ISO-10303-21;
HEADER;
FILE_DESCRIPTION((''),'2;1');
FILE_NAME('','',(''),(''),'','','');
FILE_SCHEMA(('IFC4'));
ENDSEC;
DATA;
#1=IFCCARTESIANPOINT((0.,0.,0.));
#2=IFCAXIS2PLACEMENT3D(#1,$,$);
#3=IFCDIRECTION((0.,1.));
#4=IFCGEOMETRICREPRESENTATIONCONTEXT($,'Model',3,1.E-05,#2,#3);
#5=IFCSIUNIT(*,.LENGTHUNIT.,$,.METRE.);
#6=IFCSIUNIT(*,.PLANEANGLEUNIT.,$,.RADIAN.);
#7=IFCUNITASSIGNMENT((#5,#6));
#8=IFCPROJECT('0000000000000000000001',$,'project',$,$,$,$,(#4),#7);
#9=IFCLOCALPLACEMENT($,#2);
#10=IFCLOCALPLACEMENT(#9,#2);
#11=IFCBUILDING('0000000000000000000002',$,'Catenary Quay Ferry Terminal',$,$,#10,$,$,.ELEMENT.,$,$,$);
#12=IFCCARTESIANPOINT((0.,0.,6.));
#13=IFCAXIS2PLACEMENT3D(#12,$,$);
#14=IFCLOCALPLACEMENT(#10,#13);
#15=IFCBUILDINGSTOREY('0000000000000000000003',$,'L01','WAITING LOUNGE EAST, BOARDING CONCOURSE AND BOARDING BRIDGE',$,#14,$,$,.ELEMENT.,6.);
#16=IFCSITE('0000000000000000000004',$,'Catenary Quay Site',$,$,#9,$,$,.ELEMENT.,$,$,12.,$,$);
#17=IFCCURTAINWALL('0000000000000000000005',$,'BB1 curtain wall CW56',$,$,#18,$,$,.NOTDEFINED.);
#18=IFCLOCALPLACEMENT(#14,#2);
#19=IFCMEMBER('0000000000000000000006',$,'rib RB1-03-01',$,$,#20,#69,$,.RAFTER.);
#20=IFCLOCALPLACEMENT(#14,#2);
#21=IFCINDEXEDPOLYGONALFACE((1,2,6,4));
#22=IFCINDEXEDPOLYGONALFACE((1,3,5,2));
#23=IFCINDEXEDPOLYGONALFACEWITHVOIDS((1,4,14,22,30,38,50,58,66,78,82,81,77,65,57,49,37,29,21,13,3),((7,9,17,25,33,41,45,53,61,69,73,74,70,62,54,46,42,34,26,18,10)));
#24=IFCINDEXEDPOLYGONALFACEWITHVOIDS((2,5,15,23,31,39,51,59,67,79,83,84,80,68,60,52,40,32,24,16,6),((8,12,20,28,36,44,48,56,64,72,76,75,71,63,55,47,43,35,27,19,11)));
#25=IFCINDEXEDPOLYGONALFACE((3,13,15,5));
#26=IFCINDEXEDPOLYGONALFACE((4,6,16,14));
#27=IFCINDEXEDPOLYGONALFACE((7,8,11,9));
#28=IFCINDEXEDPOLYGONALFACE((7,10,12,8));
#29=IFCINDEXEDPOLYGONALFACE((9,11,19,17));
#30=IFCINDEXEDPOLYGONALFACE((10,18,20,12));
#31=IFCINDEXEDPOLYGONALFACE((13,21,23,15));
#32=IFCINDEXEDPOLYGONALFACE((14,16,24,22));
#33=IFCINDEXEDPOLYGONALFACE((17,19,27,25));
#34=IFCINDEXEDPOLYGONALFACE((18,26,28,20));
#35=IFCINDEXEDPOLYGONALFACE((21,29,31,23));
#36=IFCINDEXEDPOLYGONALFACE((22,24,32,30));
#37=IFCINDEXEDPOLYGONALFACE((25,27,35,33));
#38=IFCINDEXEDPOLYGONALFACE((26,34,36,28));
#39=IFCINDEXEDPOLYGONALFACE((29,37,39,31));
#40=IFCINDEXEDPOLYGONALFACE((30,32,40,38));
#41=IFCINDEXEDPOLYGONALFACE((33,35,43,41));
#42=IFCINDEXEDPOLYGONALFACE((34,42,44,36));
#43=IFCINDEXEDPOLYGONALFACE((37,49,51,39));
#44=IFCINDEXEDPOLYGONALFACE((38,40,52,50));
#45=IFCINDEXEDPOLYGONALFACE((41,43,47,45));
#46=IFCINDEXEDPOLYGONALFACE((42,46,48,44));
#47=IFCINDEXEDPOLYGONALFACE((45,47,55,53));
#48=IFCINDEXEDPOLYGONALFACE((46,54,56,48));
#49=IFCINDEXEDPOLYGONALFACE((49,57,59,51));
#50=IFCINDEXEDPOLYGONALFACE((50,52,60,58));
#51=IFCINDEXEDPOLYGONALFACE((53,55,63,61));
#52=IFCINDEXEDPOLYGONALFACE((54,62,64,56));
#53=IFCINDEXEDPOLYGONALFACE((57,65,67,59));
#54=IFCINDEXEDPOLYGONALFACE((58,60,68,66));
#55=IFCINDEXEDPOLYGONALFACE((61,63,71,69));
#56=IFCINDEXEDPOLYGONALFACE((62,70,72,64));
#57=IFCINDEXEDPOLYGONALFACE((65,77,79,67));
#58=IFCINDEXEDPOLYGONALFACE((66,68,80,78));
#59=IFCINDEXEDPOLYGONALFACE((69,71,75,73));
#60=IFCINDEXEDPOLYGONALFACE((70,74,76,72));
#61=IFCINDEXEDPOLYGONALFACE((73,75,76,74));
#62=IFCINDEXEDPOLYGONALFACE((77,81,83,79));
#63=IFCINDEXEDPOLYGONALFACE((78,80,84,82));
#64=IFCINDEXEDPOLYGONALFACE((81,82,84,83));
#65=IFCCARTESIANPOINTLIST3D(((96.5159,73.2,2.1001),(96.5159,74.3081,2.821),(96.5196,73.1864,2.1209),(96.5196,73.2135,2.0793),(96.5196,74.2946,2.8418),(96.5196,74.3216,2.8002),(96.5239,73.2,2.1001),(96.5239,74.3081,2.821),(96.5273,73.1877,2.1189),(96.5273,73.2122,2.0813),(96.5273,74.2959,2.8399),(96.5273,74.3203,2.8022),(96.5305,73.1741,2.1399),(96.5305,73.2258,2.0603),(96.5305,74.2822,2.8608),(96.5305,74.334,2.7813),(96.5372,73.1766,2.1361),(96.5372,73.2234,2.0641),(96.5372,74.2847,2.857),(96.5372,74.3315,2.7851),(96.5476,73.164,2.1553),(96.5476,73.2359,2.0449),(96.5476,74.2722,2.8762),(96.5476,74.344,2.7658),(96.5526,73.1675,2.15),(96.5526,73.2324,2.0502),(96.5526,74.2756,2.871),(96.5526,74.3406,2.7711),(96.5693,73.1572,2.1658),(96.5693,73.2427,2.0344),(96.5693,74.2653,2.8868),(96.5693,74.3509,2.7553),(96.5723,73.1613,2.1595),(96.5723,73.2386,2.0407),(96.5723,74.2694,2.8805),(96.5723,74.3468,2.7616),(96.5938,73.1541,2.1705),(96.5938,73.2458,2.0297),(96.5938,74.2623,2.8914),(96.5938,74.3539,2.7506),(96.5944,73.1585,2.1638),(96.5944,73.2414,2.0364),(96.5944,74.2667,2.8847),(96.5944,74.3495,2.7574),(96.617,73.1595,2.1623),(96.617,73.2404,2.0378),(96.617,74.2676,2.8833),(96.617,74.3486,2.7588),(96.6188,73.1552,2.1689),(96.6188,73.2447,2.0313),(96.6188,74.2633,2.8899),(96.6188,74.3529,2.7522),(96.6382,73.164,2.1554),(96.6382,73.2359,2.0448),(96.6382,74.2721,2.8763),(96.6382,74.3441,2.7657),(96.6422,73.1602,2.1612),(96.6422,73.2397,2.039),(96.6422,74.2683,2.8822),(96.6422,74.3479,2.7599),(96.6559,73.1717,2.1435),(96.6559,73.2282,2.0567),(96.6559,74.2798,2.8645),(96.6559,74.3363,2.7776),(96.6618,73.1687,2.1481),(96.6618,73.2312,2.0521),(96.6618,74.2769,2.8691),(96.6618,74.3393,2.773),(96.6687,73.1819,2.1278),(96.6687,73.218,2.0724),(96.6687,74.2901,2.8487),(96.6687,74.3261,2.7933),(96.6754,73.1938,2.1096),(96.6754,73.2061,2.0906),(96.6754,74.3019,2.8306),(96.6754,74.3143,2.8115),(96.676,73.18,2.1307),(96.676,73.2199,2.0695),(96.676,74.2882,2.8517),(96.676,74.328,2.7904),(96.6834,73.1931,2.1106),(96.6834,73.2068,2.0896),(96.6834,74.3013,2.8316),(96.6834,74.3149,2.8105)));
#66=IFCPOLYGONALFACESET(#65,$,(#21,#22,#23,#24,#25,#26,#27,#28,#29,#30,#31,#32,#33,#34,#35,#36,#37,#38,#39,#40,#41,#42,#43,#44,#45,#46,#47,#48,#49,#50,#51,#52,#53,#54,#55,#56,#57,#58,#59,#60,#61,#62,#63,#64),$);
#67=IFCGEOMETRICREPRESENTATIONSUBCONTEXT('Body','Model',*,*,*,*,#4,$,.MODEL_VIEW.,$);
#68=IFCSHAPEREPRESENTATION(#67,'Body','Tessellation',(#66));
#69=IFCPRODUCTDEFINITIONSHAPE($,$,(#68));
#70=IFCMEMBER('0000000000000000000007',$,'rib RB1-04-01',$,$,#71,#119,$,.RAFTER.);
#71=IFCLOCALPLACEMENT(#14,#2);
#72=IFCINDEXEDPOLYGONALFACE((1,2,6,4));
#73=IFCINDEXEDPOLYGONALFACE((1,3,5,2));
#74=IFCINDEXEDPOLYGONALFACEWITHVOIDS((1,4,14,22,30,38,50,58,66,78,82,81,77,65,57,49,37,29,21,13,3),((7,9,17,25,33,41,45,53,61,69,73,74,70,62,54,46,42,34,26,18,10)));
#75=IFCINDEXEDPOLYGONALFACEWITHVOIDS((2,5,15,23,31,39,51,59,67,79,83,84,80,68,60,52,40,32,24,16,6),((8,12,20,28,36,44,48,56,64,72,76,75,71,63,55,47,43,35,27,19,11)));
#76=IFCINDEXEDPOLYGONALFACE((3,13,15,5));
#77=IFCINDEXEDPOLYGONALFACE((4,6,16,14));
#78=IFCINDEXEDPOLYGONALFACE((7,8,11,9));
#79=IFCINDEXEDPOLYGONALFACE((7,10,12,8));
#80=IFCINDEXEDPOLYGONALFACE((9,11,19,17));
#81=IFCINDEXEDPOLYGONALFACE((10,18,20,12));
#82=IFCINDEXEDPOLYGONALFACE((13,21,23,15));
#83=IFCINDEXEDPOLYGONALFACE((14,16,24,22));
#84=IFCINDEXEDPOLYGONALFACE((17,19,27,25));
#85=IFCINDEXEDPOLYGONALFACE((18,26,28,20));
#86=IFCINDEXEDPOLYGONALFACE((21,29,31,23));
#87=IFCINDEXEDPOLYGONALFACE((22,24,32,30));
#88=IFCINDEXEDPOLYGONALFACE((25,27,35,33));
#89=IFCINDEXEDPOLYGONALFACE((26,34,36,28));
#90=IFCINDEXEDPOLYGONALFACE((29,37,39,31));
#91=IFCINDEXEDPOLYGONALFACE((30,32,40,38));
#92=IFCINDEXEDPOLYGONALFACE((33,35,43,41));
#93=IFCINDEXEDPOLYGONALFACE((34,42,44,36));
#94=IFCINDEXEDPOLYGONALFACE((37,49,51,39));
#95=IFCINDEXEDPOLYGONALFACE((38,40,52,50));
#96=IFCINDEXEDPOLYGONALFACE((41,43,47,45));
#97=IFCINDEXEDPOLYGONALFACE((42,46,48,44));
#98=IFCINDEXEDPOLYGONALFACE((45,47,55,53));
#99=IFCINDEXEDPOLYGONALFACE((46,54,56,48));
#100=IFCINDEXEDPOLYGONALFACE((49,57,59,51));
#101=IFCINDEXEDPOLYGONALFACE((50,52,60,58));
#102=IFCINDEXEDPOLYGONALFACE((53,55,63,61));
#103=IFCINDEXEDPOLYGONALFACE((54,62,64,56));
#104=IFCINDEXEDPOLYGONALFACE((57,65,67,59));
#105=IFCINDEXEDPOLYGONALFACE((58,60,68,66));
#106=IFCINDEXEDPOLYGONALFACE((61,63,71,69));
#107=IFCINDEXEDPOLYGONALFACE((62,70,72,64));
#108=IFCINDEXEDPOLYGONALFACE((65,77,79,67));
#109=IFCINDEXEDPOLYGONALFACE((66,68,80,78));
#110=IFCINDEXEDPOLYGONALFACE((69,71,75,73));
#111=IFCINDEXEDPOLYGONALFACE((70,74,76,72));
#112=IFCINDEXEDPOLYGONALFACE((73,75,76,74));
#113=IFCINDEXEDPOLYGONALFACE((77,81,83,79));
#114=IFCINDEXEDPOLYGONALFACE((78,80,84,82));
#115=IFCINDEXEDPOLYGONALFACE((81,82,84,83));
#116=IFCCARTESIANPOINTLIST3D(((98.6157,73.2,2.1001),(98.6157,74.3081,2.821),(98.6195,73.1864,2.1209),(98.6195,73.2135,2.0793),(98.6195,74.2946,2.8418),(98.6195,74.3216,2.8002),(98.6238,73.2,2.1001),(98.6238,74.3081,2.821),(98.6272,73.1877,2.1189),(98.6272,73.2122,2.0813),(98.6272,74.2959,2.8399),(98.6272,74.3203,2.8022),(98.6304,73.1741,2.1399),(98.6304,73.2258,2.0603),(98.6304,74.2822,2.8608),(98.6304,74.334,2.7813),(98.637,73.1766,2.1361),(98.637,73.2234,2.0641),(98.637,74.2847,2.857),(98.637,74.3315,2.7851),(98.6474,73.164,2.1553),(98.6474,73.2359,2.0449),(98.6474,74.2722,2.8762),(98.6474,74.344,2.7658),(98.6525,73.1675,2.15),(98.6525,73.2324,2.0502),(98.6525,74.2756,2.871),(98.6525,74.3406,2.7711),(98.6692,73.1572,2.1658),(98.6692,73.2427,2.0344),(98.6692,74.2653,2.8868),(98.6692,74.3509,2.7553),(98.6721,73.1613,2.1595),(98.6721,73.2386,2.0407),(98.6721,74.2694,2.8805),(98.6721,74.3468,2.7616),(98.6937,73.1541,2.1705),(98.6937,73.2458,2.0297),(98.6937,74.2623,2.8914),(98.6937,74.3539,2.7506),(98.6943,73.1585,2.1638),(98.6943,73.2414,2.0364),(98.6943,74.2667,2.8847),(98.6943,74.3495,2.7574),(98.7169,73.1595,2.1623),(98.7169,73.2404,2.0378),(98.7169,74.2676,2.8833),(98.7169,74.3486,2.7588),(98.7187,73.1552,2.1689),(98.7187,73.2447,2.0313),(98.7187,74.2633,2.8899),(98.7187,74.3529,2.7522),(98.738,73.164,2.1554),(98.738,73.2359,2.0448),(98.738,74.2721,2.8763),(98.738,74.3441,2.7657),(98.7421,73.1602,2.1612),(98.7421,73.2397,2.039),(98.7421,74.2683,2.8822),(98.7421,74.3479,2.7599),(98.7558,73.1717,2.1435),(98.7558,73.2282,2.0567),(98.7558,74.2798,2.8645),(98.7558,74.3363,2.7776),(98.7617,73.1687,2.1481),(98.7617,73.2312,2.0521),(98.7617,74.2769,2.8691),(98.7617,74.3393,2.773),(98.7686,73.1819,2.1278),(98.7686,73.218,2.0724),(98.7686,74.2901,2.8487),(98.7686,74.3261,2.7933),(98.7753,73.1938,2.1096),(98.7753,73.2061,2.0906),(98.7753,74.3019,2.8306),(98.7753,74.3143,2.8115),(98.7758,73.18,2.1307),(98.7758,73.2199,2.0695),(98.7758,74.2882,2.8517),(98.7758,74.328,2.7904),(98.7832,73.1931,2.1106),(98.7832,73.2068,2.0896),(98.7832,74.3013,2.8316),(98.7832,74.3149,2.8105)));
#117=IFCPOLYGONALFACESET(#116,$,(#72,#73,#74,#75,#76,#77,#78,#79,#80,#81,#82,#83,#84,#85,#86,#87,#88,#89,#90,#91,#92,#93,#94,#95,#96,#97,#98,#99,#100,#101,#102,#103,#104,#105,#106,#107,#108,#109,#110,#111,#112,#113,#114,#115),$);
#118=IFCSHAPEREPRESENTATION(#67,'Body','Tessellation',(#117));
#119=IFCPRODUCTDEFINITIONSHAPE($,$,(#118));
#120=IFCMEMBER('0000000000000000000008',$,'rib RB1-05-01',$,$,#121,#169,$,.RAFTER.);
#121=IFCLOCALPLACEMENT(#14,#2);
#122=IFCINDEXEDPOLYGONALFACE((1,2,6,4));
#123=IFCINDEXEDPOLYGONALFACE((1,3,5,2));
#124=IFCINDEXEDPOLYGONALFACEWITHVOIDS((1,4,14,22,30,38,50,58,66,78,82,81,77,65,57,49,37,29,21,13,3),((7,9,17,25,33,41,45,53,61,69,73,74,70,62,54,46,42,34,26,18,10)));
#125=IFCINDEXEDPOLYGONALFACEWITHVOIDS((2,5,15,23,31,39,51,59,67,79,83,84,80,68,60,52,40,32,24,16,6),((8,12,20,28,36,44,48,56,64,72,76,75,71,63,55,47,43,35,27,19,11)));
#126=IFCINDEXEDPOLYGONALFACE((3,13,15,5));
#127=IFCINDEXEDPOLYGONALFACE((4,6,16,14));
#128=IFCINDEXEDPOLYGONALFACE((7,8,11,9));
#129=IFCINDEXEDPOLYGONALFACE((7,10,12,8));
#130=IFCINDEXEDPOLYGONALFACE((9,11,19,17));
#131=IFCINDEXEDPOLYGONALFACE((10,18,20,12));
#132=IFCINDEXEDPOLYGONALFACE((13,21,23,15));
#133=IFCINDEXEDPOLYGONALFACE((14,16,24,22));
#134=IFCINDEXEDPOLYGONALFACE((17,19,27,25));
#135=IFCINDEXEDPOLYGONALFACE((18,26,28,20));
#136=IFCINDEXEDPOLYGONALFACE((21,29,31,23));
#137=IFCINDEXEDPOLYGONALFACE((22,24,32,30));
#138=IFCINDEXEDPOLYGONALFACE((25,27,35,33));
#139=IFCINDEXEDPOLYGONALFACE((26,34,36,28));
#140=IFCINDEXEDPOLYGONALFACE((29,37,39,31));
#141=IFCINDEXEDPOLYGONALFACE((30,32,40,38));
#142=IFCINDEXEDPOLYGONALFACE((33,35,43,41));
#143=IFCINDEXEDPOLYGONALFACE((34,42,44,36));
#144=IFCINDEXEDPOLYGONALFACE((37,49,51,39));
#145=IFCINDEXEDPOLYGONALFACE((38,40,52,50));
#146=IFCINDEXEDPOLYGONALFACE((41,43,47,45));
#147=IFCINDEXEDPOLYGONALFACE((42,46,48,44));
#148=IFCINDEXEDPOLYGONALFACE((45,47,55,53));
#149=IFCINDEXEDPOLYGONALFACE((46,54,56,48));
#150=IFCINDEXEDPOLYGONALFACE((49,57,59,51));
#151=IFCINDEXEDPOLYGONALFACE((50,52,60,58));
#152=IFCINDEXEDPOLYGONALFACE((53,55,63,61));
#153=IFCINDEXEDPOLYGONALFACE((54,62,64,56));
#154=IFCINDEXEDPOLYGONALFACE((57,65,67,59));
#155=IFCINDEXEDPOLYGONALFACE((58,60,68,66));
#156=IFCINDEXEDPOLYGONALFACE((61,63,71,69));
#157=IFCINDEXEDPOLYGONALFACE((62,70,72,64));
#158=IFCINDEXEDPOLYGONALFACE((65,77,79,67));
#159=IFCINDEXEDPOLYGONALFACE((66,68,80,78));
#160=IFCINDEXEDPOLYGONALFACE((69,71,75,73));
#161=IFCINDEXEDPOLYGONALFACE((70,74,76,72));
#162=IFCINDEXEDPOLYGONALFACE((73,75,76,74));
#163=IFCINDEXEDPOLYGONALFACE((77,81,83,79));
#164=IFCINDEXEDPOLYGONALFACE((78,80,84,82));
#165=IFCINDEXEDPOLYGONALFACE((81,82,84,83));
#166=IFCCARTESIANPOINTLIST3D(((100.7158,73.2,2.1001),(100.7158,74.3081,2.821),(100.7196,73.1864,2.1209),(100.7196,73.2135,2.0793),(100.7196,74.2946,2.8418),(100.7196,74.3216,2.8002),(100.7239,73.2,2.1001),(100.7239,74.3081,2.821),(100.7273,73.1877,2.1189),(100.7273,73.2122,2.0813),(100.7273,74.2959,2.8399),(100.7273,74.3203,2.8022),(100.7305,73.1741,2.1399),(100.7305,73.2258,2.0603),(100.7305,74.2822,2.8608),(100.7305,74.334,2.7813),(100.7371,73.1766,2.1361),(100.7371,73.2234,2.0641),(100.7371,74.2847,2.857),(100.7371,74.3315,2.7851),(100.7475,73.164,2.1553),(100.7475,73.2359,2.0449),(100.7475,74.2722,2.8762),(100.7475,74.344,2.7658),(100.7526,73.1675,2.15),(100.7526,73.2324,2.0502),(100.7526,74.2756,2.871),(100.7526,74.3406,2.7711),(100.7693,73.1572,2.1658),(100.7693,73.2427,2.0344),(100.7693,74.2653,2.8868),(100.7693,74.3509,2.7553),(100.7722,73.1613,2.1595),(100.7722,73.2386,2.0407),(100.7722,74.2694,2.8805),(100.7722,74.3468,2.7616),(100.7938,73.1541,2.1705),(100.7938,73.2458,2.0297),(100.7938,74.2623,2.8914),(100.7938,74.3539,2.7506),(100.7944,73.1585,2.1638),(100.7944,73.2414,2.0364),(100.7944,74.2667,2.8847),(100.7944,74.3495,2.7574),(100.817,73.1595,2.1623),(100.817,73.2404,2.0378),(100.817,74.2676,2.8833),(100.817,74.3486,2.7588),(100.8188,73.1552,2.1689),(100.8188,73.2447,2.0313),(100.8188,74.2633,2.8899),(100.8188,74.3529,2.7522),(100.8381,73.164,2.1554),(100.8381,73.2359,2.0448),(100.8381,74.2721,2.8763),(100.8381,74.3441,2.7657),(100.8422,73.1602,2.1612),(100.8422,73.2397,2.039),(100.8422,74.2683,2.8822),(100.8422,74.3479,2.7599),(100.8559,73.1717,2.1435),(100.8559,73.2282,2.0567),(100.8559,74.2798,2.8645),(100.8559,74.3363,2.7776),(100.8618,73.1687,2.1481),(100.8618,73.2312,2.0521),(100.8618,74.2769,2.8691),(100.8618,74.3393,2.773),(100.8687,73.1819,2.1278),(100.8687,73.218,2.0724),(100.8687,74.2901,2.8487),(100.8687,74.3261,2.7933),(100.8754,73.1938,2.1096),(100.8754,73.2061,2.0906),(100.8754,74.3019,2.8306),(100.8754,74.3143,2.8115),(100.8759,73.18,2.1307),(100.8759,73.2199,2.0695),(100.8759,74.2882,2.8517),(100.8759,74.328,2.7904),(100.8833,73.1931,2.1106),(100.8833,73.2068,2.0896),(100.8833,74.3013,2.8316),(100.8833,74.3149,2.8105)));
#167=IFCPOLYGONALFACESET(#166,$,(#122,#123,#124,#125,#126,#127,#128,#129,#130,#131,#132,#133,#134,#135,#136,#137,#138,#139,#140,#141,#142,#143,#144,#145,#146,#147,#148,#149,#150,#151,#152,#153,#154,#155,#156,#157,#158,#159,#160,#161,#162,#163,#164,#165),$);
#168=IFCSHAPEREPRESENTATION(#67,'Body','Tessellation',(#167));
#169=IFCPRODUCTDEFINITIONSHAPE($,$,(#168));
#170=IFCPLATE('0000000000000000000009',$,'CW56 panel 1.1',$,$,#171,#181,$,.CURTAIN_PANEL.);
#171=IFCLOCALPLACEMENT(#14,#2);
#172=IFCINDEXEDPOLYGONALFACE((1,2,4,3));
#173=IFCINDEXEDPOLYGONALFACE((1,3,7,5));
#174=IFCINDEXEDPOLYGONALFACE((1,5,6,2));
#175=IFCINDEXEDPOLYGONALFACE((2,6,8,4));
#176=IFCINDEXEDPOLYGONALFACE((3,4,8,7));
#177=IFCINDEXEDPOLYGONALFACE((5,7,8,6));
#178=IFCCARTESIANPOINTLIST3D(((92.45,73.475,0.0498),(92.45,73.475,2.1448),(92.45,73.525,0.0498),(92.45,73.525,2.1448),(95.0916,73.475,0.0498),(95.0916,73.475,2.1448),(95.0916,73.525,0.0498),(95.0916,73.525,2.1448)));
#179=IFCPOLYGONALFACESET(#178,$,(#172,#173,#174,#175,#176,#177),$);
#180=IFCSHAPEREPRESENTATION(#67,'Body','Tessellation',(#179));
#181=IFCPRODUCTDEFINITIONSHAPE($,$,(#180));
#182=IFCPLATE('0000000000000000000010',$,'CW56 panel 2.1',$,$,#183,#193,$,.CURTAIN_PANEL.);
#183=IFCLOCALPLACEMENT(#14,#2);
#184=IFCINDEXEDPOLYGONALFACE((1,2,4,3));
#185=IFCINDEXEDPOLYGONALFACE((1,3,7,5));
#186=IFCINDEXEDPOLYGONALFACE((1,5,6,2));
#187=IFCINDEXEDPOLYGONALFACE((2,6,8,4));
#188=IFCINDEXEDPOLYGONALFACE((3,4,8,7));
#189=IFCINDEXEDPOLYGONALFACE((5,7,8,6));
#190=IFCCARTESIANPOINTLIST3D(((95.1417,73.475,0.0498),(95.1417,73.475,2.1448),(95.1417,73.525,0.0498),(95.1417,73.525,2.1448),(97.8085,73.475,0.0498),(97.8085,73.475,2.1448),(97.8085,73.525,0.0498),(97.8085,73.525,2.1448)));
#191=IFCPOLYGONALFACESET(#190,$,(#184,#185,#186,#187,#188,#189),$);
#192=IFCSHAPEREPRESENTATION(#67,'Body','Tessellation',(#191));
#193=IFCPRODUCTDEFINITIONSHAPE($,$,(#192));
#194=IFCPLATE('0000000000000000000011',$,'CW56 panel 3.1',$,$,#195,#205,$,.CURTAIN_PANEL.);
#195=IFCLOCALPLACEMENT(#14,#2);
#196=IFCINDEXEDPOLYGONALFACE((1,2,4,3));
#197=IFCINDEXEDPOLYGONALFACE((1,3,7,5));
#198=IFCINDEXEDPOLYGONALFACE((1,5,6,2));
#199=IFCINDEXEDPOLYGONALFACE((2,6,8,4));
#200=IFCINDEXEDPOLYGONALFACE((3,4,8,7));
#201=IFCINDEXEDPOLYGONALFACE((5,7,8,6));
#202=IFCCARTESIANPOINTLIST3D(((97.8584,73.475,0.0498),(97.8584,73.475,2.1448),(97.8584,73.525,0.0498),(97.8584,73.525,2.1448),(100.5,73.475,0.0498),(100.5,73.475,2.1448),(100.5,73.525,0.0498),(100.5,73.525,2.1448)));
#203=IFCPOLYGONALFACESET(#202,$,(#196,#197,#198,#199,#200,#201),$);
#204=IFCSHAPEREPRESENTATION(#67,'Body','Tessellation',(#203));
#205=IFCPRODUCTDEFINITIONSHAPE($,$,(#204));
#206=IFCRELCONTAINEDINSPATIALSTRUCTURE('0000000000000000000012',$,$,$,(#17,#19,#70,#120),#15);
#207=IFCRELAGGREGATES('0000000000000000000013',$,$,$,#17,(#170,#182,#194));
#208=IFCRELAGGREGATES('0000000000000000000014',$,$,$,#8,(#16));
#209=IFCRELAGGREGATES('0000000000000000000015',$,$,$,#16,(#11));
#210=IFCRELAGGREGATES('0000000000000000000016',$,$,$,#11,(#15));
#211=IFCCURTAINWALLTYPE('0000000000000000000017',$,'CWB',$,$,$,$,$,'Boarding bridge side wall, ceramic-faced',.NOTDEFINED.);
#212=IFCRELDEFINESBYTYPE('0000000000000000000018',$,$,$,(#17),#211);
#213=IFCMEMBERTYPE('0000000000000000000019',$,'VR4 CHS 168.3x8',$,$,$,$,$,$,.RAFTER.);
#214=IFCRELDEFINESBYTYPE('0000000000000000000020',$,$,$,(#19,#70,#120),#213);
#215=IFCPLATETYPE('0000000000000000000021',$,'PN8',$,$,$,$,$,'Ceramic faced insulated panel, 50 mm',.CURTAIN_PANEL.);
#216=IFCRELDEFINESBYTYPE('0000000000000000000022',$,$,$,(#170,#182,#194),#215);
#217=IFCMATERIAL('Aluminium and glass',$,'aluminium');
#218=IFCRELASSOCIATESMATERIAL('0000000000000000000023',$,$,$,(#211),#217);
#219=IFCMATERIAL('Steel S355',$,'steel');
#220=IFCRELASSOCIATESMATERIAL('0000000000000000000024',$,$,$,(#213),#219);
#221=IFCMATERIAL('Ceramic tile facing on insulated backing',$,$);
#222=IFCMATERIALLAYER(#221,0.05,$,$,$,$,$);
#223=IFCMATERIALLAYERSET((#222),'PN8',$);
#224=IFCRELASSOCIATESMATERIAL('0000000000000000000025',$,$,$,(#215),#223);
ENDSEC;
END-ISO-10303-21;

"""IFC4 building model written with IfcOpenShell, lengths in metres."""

from ifc_helpers import new_model, si_unit, direction, frame, origin, origin_2d, place, context, subcontext, project, spatial, rectangle, hollow_circle, extrude, material, layer, layer_set, material_profile, profile_set, type_object, element, aggregate, save


model = new_model("IFC4")

# Units and contexts
model_context = context("Model", 3, precision=1e-05, world=origin(), true_north=direction((0.0, 1.0)))
body_context = subcontext(model_context, "Body", "Model", "MODEL_VIEW")
ifc_project = project(units=[si_unit("LENGTHUNIT", "METRE"), si_unit("PLANEANGLEUNIT", "RADIAN")], contexts=[model_context])

# Site, building, storey
site_placement = place(None, origin())
site = spatial("IfcSite", under=ifc_project, at=site_placement, Name="Catenary Quay Site", CompositionType="ELEMENT", RefElevation=12.0)
building_placement = place(site_placement, origin())
building = spatial("IfcBuilding", under=site, at=building_placement, Name="Catenary Quay Ferry Terminal", CompositionType="ELEMENT")
storey_placement = place(building_placement, frame((0.0, 0.0, 6.0)))
storey = spatial("IfcBuildingStorey", under=building, at=storey_placement, Name="L01", Description="WAITING LOUNGE EAST, BOARDING CONCOURSE AND BOARDING BRIDGE", CompositionType="ELEMENT", Elevation=6.0)

# Curtain wall
ifc_material_1 = material(Name="Aluminium and glass", Category="aluminium")
curtain_wall_type = type_object("IfcCurtainWallType", Name="CWB", ElementType="Boarding bridge side wall, ceramic-faced", PredefinedType="NOTDEFINED", material=ifc_material_1)
curtain_wall_placement = place(storey_placement, origin())
curtain_wall = element("IfcCurtainWall", 1, at=curtain_wall_placement, inside=storey, type_object=curtain_wall_type, Name="BB1 curtain wall CW56", PredefinedType="NOTDEFINED")

# Members
ifc_material_2 = material(Name="Steel S355", Category="steel")
ifc_material_profile_1 = material_profile(ifc_material_2, hollow_circle(Radius=0.0842, WallThickness=0.0081, at=origin_2d()), Name="CHS 168.3x8")
ifc_profile_set_1 = profile_set([ifc_material_profile_1], Name="Steel S355")
member_type_1 = type_object("IfcMemberType", Name="VR4 CHS 168.3x8", PredefinedType="RAFTER", material=ifc_profile_set_1)
for number, where, z_axis, x_axis, name in (
    (2, (96.6001, 73.2, 2.1001), (0.0, 0.83822, 0.545332), (-1.0, 0.0, 0.0), "rib RB1-03-01"),
    (3, (98.7, 73.2, 2.1001), (0.0, 0.83822, 0.545332), (-1.0, 0.0, 0.0), "rib RB1-04-01"),
    (4, (100.8, 73.2, 2.1001), (0.0, 0.83822, 0.545332), (-1.0, 0.0, 0.0), "rib RB1-05-01"),
):
    element("IfcMember", number, at=place(storey_placement, frame(where, z_axis=z_axis, x_axis=x_axis)), inside=storey, type_object=member_type_1, Name=name, PredefinedType="RAFTER", context=body_context, shape_type="SweptSolid", body=[
        extrude(hollow_circle(Radius=0.0842, WallThickness=0.0081, at=origin_2d()), origin(), (0.0, 0.0, 1.0), 1.322),
    ])

# Plates
ifc_material_3 = material(Name="Ceramic tile facing on insulated backing")
ifc_layer = layer(ifc_material_3, 0.05)
ifc_layer_set = layer_set([ifc_layer], Name="PN8")
plate_type = type_object("IfcPlateType", Name="PN8", ElementType="Ceramic faced insulated panel, 50 mm", PredefinedType="CURTAIN_PANEL", material=ifc_layer_set)
plate_1_placement = place(storey_placement, frame((93.7708, 73.5, 0.0498), z_axis=(0.0, 0.0, 1.0), x_axis=(1.0, 0.0, 0.0)))
plate_1 = element("IfcPlate", 5, at=plate_1_placement, type_object=plate_type, Name="CW56 panel 1.1", PredefinedType="CURTAIN_PANEL", context=body_context, shape_type="SweptSolid", body=[
    extrude(rectangle(XDim=2.6416, YDim=0.05, at=origin_2d()), origin(), (0.0, 0.0, 1.0), 2.095),
])
plate_2_placement = place(storey_placement, frame((96.4751, 73.5, 0.0498), z_axis=(0.0, 0.0, 1.0), x_axis=(1.0, 0.0, 0.0)))
plate_2 = element("IfcPlate", 6, at=plate_2_placement, type_object=plate_type, Name="CW56 panel 2.1", PredefinedType="CURTAIN_PANEL", context=body_context, shape_type="SweptSolid", body=[
    extrude(rectangle(XDim=2.6667, YDim=0.05, at=origin_2d()), origin(), (0.0, 0.0, 1.0), 2.095),
])
plate_3_placement = place(storey_placement, frame((99.1792, 73.5, 0.0498), z_axis=(0.0, 0.0, 1.0), x_axis=(1.0, 0.0, 0.0)))
plate_3 = element("IfcPlate", 7, at=plate_3_placement, type_object=plate_type, Name="CW56 panel 3.1", PredefinedType="CURTAIN_PANEL", context=body_context, shape_type="SweptSolid", body=[
    extrude(rectangle(XDim=2.6416, YDim=0.05, at=origin_2d()), origin(), (0.0, 0.0, 1.0), 2.095),
])
aggregate(curtain_wall, [plate_1, plate_2, plate_3])

save(model, "model.ifc")
